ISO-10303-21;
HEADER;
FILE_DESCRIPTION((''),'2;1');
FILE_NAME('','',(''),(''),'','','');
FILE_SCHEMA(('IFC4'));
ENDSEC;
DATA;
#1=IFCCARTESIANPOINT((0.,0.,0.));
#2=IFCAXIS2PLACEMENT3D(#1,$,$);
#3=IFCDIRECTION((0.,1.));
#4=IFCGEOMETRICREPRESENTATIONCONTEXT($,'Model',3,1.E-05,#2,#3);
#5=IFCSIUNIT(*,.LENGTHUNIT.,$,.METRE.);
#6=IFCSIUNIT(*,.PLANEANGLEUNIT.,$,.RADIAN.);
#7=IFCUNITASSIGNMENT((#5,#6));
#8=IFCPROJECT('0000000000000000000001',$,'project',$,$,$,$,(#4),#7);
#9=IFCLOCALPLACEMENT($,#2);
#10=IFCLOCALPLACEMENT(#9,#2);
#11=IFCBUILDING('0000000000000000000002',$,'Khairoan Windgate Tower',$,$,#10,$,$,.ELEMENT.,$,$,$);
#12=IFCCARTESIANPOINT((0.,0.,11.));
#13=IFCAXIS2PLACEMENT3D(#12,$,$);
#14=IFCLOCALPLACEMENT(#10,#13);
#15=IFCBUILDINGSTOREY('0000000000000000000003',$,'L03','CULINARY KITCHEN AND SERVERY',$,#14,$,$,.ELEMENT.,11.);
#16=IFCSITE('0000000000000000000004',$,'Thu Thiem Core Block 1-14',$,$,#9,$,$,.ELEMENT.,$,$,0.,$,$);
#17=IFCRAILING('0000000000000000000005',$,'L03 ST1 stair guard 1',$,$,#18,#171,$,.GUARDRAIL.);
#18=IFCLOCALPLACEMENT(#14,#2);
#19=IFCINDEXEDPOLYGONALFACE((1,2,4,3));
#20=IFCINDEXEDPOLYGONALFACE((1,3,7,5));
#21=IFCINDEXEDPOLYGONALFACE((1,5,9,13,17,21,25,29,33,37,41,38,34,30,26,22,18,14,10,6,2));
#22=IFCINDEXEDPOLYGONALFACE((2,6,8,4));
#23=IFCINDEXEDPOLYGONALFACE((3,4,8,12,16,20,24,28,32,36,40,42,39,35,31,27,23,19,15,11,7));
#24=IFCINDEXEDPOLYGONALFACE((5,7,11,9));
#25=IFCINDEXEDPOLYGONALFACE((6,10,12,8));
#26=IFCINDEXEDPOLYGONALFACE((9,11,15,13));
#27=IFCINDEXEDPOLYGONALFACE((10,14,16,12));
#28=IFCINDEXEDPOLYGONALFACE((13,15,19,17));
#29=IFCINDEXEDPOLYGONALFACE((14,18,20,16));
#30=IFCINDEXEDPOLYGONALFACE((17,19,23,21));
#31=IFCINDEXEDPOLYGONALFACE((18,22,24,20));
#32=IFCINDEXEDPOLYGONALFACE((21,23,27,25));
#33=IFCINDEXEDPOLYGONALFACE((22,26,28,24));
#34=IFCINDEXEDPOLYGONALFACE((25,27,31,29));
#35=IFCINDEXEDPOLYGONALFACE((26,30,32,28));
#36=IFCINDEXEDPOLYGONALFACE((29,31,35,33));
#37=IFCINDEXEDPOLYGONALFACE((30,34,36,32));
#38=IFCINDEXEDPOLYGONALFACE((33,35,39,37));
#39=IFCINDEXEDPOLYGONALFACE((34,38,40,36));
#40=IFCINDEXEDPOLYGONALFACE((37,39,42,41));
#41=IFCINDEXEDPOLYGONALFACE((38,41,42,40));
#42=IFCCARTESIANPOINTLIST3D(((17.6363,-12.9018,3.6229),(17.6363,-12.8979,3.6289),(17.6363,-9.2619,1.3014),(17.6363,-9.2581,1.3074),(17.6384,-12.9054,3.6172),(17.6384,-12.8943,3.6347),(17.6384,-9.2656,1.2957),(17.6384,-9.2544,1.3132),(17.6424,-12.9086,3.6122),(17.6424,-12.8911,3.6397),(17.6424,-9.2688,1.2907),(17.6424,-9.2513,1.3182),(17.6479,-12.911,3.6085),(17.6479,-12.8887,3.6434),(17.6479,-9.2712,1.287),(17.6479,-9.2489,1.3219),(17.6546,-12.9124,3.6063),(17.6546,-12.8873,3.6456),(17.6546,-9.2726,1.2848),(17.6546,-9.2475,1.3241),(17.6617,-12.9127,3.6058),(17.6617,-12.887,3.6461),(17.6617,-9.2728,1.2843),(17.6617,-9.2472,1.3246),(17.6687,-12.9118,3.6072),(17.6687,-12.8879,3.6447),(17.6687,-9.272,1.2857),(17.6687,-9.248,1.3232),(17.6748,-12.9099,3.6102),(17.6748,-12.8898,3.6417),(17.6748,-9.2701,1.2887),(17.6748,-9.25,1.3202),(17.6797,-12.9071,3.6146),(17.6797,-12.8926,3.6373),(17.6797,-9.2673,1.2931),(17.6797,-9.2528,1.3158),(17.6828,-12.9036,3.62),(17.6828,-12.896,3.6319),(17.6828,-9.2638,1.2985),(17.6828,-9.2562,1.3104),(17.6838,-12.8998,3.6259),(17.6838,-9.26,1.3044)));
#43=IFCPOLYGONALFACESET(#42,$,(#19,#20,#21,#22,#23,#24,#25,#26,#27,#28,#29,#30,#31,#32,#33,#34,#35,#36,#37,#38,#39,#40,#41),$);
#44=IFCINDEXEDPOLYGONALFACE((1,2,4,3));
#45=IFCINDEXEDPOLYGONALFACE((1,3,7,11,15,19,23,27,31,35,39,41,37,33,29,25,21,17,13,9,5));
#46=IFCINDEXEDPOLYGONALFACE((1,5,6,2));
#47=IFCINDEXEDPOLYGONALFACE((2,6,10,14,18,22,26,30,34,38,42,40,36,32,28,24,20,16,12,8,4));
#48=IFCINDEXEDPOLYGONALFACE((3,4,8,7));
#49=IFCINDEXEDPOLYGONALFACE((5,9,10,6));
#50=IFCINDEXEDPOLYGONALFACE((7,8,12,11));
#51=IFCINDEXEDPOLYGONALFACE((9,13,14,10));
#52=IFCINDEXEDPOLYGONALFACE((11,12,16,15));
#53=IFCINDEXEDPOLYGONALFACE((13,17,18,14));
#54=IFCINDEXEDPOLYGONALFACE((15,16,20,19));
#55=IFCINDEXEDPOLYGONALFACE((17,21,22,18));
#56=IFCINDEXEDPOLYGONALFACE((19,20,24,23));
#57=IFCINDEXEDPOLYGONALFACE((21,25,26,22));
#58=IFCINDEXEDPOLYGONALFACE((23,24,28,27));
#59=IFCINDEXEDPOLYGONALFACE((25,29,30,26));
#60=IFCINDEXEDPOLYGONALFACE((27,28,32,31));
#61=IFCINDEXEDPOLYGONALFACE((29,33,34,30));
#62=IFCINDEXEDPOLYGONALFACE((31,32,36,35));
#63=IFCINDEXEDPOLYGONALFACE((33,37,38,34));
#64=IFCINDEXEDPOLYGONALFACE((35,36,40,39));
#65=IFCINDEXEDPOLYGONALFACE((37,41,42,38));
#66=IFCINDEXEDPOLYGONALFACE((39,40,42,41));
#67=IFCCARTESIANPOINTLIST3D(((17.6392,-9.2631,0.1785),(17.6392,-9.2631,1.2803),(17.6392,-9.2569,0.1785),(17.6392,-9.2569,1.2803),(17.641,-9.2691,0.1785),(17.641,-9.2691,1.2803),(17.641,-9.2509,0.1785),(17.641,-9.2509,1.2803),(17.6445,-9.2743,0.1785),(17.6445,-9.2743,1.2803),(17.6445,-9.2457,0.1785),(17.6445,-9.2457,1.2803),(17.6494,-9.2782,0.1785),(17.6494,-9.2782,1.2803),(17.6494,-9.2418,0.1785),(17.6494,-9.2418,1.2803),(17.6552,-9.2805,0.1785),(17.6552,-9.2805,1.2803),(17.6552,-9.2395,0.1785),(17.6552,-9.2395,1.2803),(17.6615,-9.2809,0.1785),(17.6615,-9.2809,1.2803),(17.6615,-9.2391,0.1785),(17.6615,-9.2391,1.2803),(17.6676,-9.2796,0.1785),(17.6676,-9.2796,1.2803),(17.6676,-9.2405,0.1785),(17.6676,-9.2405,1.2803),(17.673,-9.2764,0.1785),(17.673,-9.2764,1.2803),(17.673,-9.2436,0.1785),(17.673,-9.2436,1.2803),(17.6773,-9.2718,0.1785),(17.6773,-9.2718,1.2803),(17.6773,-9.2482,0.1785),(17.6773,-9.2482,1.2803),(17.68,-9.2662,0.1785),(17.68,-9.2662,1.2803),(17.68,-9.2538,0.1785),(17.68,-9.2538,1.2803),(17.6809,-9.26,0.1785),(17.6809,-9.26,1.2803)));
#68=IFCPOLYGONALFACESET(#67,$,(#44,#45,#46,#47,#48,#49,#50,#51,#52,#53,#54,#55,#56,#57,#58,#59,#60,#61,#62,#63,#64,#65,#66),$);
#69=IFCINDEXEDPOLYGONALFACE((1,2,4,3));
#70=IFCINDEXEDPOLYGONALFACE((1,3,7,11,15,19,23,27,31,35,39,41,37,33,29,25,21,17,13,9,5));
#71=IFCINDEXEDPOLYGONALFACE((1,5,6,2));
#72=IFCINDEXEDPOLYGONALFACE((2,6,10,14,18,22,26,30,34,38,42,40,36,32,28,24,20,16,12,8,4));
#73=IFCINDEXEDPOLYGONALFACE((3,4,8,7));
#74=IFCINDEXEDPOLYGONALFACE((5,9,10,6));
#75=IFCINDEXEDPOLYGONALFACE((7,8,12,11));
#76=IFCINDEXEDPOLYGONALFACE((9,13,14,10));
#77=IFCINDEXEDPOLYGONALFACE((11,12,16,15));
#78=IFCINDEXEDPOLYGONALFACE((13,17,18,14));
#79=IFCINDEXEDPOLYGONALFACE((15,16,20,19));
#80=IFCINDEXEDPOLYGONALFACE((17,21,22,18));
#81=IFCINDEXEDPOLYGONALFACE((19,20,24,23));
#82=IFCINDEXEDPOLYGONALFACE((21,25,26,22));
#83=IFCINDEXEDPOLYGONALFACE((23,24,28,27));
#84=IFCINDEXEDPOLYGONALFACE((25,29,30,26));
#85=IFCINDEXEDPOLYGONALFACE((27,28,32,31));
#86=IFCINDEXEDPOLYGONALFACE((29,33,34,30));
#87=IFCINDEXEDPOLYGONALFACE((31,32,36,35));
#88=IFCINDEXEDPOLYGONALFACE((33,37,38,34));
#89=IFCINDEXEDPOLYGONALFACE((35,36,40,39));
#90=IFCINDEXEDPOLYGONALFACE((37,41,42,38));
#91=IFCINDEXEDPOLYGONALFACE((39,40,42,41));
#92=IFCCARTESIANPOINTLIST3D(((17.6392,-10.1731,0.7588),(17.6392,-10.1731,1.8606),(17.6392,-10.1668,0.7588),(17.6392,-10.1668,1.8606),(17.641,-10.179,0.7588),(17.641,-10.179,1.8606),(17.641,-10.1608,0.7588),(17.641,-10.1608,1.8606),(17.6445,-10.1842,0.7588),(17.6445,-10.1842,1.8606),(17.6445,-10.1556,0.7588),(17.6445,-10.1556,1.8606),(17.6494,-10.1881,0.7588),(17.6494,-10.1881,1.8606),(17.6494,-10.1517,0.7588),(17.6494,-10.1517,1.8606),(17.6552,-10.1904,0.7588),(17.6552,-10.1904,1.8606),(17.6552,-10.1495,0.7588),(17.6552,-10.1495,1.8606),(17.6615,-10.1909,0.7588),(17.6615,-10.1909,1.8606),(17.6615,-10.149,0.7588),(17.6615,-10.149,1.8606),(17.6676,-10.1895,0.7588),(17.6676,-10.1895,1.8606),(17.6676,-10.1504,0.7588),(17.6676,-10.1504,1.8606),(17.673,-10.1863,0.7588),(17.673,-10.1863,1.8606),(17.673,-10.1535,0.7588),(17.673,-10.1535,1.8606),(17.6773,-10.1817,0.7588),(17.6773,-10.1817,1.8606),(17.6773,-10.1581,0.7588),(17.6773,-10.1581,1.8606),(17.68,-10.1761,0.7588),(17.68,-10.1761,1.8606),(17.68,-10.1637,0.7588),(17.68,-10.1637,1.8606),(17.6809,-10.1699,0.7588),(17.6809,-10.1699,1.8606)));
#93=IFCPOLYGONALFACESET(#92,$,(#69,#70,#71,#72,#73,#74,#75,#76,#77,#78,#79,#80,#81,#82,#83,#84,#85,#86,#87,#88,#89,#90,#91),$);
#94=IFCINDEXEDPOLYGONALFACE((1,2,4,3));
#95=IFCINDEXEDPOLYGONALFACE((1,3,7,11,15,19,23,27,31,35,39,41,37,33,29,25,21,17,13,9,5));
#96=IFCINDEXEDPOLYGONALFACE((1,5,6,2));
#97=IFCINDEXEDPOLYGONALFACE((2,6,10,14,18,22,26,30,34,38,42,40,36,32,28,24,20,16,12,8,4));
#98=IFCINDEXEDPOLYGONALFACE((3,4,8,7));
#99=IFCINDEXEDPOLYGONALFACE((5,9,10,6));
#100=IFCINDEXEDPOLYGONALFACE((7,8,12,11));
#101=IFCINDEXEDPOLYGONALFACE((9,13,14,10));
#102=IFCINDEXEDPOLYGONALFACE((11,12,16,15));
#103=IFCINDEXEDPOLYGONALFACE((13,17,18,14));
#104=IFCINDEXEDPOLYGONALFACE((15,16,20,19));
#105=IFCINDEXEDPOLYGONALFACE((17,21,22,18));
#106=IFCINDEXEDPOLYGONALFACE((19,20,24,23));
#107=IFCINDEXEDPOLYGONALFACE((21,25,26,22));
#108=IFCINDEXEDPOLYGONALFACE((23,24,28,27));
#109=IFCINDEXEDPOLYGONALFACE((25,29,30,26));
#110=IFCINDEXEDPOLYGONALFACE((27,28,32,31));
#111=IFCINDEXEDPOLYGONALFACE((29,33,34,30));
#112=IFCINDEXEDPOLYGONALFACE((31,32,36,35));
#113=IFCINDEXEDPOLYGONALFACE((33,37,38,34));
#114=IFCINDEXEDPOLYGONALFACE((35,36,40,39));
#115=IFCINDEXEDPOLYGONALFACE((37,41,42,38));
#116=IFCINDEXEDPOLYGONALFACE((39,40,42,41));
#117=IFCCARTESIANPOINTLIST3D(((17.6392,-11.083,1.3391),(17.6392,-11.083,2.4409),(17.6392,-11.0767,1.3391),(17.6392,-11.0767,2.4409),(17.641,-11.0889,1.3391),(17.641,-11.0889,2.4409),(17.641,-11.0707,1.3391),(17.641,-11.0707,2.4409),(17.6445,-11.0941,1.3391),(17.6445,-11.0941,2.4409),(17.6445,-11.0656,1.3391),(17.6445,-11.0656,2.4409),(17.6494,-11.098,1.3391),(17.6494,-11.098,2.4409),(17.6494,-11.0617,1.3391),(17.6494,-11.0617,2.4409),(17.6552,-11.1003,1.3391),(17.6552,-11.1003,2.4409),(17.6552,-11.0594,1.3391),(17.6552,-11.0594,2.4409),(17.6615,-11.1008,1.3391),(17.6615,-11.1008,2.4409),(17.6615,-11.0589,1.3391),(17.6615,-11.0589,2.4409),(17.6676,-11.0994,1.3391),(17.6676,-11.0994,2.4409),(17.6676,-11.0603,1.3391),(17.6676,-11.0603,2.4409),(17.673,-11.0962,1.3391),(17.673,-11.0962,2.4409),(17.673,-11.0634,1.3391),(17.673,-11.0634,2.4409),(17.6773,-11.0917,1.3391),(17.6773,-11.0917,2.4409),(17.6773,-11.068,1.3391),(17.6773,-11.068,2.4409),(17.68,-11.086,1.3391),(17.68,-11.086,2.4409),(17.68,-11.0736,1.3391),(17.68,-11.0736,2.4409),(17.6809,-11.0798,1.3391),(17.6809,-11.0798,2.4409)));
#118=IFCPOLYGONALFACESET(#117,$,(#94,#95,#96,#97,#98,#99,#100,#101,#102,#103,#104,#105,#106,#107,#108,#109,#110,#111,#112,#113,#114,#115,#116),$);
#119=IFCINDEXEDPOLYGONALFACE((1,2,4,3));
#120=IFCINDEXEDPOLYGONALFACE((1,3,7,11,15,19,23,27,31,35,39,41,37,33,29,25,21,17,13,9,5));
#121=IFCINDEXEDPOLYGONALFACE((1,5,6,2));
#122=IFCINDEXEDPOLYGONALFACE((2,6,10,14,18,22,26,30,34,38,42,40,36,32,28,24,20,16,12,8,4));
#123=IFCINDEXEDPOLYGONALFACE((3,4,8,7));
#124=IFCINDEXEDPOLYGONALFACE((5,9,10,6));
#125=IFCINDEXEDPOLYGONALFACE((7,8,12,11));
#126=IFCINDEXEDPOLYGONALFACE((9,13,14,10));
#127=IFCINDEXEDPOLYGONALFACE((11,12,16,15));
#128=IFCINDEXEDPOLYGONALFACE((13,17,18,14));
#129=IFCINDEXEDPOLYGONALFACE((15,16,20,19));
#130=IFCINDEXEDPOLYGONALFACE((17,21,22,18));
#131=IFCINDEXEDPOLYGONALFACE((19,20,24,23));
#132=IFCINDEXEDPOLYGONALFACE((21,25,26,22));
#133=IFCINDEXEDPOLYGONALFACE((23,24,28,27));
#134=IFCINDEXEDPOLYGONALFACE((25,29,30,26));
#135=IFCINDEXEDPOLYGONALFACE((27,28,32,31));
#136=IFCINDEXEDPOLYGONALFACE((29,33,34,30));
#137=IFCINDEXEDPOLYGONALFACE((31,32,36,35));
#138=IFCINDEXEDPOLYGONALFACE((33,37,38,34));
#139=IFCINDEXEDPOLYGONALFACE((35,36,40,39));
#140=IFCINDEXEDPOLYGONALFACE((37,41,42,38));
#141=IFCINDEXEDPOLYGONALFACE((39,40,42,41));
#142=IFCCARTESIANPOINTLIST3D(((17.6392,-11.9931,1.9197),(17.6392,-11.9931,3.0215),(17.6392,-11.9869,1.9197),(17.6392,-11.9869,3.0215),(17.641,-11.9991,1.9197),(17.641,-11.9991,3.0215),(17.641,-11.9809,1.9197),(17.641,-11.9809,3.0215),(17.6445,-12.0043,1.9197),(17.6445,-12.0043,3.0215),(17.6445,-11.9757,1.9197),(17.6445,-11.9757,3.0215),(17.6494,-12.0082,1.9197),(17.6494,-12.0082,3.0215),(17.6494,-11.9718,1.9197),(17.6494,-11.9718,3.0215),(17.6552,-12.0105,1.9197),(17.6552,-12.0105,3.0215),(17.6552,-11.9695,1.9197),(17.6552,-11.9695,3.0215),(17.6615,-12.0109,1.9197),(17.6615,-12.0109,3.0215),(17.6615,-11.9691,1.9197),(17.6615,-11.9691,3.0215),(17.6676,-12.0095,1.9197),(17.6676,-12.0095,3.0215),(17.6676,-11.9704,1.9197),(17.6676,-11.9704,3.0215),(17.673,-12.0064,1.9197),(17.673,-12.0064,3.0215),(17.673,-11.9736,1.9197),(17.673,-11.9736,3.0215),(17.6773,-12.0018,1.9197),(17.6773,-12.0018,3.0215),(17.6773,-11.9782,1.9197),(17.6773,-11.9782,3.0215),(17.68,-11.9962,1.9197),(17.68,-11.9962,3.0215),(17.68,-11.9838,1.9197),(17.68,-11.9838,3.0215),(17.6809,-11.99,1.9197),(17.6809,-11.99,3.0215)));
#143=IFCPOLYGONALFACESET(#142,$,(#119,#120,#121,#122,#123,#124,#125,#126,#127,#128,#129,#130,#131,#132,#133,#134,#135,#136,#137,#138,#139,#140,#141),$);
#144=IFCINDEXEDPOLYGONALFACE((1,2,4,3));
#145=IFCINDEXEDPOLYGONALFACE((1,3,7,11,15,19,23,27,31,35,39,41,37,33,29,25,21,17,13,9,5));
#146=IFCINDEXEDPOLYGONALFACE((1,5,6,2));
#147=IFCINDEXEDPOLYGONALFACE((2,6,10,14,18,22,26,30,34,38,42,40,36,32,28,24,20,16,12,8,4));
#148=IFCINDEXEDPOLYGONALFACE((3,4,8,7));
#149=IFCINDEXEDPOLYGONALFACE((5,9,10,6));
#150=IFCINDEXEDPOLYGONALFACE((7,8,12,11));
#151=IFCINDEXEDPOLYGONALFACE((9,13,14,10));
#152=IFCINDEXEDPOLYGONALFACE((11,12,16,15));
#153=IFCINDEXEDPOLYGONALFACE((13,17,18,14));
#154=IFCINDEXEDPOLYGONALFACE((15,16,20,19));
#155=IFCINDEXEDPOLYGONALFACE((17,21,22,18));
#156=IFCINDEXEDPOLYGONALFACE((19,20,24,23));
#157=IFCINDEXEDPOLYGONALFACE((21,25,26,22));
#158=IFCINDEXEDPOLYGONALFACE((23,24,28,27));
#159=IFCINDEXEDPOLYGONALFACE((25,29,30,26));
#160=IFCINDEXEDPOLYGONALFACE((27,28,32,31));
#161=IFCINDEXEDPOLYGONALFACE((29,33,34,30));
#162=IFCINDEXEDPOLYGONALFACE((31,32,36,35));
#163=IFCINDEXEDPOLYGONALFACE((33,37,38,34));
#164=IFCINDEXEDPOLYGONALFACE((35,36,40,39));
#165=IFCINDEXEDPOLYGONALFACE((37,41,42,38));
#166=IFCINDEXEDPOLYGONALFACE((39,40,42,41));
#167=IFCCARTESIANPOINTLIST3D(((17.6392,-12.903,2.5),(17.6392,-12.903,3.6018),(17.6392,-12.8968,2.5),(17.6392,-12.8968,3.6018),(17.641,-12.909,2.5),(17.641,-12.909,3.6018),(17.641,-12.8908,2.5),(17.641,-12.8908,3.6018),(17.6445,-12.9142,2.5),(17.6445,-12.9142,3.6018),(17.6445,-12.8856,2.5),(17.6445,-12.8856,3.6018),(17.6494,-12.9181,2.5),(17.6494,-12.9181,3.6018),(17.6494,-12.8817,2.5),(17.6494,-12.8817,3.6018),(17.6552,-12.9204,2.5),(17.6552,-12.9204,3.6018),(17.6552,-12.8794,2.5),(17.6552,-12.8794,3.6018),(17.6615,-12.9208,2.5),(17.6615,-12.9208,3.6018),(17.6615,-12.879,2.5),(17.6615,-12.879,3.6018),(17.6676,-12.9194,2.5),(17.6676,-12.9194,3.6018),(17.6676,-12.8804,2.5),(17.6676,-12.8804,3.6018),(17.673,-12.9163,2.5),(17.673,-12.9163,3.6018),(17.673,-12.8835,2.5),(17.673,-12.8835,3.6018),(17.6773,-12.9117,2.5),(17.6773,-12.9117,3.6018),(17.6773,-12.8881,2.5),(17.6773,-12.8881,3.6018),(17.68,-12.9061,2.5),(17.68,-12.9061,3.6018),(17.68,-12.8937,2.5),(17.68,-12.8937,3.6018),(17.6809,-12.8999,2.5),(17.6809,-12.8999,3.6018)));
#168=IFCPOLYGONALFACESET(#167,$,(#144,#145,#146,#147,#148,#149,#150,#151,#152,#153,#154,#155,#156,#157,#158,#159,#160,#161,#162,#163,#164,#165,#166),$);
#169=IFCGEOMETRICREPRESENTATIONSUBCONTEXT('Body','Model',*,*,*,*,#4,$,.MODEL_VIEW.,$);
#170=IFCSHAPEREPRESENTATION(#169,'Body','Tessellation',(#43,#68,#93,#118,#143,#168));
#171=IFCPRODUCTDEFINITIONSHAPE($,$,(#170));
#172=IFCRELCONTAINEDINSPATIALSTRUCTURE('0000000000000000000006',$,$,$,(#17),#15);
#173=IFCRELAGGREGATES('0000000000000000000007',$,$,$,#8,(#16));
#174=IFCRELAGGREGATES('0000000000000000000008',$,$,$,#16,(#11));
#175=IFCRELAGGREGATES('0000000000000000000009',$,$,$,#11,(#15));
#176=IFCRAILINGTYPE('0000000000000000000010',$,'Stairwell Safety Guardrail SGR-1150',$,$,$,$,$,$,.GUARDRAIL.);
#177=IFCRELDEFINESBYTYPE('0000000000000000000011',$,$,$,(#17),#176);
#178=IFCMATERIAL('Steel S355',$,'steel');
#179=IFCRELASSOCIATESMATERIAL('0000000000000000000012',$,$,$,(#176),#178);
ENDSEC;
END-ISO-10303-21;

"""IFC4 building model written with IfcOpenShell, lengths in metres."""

from ifc_helpers import new_model, si_unit, direction, frame, origin, origin_2d, place, context, subcontext, project, spatial, circle, extrude, material, type_object, element, save


model = new_model("IFC4")

# Units and contexts
model_context = context("Model", 3, precision=1e-05, world=origin(), true_north=direction((0.0, 1.0)))
body_context = subcontext(model_context, "Body", "Model", "MODEL_VIEW")
ifc_project = project(units=[si_unit("LENGTHUNIT", "METRE"), si_unit("PLANEANGLEUNIT", "RADIAN")], contexts=[model_context])

# Site, building, storey
site_placement = place(None, origin())
site = spatial("IfcSite", under=ifc_project, at=site_placement, Name="Thu Thiem Core Block 1-14", CompositionType="ELEMENT", RefElevation=0.0)
building_placement = place(site_placement, origin())
building = spatial("IfcBuilding", under=site, at=building_placement, Name="Khairoan Windgate Tower", CompositionType="ELEMENT")
storey_placement = place(building_placement, frame((0.0, 0.0, 11.0)))
storey = spatial("IfcBuildingStorey", under=building, at=storey_placement, Name="L03", Description="CULINARY KITCHEN AND SERVERY", CompositionType="ELEMENT", Elevation=11.0)

# Railing
ifc_material_1 = material(Name="Steel S355", Category="steel")
railing_type_1 = type_object("IfcRailingType", Name="Stairwell Safety Guardrail SGR-1150", PredefinedType="GUARDRAIL", material=ifc_material_1)
railing_1_placement = place(storey_placement, frame((17.6599, -9.26, 0.1785)))
element("IfcRailing", 1, at=railing_1_placement, inside=storey, type_object=railing_type_1, Name="L03 ST1 stair guard 1", PredefinedType="GUARDRAIL", context=body_context, shape_type="SweptSolid", body=[
    extrude(circle(Radius=0.0239, at=origin_2d()), frame((0.0, 0.0, 1.126), z_axis=(0.0, -0.843112, 0.537739), x_axis=(1.0, 0.0, 0.0)), (0.0, 0.0, 1.0), 4.3171),
    extrude(circle(Radius=0.021, at=origin_2d()), origin(), (0.0, 0.0, 1.0), 1.1018),
    extrude(circle(Radius=0.021, at=origin_2d()), frame((0.0, -0.9099, 0.5803)), (0.0, 0.0, 1.0), 1.1018),
    extrude(circle(Radius=0.021, at=origin_2d()), frame((0.0, -1.8198, 1.1606)), (0.0, 0.0, 1.0), 1.1018),
    extrude(circle(Radius=0.021, at=origin_2d()), frame((0.0, -2.73, 1.7412)), (0.0, 0.0, 1.0), 1.1018),
    extrude(circle(Radius=0.021, at=origin_2d()), frame((0.0, -3.6399, 2.3215)), (0.0, 0.0, 1.0), 1.1018),
])

save(model, "model.ifc")
